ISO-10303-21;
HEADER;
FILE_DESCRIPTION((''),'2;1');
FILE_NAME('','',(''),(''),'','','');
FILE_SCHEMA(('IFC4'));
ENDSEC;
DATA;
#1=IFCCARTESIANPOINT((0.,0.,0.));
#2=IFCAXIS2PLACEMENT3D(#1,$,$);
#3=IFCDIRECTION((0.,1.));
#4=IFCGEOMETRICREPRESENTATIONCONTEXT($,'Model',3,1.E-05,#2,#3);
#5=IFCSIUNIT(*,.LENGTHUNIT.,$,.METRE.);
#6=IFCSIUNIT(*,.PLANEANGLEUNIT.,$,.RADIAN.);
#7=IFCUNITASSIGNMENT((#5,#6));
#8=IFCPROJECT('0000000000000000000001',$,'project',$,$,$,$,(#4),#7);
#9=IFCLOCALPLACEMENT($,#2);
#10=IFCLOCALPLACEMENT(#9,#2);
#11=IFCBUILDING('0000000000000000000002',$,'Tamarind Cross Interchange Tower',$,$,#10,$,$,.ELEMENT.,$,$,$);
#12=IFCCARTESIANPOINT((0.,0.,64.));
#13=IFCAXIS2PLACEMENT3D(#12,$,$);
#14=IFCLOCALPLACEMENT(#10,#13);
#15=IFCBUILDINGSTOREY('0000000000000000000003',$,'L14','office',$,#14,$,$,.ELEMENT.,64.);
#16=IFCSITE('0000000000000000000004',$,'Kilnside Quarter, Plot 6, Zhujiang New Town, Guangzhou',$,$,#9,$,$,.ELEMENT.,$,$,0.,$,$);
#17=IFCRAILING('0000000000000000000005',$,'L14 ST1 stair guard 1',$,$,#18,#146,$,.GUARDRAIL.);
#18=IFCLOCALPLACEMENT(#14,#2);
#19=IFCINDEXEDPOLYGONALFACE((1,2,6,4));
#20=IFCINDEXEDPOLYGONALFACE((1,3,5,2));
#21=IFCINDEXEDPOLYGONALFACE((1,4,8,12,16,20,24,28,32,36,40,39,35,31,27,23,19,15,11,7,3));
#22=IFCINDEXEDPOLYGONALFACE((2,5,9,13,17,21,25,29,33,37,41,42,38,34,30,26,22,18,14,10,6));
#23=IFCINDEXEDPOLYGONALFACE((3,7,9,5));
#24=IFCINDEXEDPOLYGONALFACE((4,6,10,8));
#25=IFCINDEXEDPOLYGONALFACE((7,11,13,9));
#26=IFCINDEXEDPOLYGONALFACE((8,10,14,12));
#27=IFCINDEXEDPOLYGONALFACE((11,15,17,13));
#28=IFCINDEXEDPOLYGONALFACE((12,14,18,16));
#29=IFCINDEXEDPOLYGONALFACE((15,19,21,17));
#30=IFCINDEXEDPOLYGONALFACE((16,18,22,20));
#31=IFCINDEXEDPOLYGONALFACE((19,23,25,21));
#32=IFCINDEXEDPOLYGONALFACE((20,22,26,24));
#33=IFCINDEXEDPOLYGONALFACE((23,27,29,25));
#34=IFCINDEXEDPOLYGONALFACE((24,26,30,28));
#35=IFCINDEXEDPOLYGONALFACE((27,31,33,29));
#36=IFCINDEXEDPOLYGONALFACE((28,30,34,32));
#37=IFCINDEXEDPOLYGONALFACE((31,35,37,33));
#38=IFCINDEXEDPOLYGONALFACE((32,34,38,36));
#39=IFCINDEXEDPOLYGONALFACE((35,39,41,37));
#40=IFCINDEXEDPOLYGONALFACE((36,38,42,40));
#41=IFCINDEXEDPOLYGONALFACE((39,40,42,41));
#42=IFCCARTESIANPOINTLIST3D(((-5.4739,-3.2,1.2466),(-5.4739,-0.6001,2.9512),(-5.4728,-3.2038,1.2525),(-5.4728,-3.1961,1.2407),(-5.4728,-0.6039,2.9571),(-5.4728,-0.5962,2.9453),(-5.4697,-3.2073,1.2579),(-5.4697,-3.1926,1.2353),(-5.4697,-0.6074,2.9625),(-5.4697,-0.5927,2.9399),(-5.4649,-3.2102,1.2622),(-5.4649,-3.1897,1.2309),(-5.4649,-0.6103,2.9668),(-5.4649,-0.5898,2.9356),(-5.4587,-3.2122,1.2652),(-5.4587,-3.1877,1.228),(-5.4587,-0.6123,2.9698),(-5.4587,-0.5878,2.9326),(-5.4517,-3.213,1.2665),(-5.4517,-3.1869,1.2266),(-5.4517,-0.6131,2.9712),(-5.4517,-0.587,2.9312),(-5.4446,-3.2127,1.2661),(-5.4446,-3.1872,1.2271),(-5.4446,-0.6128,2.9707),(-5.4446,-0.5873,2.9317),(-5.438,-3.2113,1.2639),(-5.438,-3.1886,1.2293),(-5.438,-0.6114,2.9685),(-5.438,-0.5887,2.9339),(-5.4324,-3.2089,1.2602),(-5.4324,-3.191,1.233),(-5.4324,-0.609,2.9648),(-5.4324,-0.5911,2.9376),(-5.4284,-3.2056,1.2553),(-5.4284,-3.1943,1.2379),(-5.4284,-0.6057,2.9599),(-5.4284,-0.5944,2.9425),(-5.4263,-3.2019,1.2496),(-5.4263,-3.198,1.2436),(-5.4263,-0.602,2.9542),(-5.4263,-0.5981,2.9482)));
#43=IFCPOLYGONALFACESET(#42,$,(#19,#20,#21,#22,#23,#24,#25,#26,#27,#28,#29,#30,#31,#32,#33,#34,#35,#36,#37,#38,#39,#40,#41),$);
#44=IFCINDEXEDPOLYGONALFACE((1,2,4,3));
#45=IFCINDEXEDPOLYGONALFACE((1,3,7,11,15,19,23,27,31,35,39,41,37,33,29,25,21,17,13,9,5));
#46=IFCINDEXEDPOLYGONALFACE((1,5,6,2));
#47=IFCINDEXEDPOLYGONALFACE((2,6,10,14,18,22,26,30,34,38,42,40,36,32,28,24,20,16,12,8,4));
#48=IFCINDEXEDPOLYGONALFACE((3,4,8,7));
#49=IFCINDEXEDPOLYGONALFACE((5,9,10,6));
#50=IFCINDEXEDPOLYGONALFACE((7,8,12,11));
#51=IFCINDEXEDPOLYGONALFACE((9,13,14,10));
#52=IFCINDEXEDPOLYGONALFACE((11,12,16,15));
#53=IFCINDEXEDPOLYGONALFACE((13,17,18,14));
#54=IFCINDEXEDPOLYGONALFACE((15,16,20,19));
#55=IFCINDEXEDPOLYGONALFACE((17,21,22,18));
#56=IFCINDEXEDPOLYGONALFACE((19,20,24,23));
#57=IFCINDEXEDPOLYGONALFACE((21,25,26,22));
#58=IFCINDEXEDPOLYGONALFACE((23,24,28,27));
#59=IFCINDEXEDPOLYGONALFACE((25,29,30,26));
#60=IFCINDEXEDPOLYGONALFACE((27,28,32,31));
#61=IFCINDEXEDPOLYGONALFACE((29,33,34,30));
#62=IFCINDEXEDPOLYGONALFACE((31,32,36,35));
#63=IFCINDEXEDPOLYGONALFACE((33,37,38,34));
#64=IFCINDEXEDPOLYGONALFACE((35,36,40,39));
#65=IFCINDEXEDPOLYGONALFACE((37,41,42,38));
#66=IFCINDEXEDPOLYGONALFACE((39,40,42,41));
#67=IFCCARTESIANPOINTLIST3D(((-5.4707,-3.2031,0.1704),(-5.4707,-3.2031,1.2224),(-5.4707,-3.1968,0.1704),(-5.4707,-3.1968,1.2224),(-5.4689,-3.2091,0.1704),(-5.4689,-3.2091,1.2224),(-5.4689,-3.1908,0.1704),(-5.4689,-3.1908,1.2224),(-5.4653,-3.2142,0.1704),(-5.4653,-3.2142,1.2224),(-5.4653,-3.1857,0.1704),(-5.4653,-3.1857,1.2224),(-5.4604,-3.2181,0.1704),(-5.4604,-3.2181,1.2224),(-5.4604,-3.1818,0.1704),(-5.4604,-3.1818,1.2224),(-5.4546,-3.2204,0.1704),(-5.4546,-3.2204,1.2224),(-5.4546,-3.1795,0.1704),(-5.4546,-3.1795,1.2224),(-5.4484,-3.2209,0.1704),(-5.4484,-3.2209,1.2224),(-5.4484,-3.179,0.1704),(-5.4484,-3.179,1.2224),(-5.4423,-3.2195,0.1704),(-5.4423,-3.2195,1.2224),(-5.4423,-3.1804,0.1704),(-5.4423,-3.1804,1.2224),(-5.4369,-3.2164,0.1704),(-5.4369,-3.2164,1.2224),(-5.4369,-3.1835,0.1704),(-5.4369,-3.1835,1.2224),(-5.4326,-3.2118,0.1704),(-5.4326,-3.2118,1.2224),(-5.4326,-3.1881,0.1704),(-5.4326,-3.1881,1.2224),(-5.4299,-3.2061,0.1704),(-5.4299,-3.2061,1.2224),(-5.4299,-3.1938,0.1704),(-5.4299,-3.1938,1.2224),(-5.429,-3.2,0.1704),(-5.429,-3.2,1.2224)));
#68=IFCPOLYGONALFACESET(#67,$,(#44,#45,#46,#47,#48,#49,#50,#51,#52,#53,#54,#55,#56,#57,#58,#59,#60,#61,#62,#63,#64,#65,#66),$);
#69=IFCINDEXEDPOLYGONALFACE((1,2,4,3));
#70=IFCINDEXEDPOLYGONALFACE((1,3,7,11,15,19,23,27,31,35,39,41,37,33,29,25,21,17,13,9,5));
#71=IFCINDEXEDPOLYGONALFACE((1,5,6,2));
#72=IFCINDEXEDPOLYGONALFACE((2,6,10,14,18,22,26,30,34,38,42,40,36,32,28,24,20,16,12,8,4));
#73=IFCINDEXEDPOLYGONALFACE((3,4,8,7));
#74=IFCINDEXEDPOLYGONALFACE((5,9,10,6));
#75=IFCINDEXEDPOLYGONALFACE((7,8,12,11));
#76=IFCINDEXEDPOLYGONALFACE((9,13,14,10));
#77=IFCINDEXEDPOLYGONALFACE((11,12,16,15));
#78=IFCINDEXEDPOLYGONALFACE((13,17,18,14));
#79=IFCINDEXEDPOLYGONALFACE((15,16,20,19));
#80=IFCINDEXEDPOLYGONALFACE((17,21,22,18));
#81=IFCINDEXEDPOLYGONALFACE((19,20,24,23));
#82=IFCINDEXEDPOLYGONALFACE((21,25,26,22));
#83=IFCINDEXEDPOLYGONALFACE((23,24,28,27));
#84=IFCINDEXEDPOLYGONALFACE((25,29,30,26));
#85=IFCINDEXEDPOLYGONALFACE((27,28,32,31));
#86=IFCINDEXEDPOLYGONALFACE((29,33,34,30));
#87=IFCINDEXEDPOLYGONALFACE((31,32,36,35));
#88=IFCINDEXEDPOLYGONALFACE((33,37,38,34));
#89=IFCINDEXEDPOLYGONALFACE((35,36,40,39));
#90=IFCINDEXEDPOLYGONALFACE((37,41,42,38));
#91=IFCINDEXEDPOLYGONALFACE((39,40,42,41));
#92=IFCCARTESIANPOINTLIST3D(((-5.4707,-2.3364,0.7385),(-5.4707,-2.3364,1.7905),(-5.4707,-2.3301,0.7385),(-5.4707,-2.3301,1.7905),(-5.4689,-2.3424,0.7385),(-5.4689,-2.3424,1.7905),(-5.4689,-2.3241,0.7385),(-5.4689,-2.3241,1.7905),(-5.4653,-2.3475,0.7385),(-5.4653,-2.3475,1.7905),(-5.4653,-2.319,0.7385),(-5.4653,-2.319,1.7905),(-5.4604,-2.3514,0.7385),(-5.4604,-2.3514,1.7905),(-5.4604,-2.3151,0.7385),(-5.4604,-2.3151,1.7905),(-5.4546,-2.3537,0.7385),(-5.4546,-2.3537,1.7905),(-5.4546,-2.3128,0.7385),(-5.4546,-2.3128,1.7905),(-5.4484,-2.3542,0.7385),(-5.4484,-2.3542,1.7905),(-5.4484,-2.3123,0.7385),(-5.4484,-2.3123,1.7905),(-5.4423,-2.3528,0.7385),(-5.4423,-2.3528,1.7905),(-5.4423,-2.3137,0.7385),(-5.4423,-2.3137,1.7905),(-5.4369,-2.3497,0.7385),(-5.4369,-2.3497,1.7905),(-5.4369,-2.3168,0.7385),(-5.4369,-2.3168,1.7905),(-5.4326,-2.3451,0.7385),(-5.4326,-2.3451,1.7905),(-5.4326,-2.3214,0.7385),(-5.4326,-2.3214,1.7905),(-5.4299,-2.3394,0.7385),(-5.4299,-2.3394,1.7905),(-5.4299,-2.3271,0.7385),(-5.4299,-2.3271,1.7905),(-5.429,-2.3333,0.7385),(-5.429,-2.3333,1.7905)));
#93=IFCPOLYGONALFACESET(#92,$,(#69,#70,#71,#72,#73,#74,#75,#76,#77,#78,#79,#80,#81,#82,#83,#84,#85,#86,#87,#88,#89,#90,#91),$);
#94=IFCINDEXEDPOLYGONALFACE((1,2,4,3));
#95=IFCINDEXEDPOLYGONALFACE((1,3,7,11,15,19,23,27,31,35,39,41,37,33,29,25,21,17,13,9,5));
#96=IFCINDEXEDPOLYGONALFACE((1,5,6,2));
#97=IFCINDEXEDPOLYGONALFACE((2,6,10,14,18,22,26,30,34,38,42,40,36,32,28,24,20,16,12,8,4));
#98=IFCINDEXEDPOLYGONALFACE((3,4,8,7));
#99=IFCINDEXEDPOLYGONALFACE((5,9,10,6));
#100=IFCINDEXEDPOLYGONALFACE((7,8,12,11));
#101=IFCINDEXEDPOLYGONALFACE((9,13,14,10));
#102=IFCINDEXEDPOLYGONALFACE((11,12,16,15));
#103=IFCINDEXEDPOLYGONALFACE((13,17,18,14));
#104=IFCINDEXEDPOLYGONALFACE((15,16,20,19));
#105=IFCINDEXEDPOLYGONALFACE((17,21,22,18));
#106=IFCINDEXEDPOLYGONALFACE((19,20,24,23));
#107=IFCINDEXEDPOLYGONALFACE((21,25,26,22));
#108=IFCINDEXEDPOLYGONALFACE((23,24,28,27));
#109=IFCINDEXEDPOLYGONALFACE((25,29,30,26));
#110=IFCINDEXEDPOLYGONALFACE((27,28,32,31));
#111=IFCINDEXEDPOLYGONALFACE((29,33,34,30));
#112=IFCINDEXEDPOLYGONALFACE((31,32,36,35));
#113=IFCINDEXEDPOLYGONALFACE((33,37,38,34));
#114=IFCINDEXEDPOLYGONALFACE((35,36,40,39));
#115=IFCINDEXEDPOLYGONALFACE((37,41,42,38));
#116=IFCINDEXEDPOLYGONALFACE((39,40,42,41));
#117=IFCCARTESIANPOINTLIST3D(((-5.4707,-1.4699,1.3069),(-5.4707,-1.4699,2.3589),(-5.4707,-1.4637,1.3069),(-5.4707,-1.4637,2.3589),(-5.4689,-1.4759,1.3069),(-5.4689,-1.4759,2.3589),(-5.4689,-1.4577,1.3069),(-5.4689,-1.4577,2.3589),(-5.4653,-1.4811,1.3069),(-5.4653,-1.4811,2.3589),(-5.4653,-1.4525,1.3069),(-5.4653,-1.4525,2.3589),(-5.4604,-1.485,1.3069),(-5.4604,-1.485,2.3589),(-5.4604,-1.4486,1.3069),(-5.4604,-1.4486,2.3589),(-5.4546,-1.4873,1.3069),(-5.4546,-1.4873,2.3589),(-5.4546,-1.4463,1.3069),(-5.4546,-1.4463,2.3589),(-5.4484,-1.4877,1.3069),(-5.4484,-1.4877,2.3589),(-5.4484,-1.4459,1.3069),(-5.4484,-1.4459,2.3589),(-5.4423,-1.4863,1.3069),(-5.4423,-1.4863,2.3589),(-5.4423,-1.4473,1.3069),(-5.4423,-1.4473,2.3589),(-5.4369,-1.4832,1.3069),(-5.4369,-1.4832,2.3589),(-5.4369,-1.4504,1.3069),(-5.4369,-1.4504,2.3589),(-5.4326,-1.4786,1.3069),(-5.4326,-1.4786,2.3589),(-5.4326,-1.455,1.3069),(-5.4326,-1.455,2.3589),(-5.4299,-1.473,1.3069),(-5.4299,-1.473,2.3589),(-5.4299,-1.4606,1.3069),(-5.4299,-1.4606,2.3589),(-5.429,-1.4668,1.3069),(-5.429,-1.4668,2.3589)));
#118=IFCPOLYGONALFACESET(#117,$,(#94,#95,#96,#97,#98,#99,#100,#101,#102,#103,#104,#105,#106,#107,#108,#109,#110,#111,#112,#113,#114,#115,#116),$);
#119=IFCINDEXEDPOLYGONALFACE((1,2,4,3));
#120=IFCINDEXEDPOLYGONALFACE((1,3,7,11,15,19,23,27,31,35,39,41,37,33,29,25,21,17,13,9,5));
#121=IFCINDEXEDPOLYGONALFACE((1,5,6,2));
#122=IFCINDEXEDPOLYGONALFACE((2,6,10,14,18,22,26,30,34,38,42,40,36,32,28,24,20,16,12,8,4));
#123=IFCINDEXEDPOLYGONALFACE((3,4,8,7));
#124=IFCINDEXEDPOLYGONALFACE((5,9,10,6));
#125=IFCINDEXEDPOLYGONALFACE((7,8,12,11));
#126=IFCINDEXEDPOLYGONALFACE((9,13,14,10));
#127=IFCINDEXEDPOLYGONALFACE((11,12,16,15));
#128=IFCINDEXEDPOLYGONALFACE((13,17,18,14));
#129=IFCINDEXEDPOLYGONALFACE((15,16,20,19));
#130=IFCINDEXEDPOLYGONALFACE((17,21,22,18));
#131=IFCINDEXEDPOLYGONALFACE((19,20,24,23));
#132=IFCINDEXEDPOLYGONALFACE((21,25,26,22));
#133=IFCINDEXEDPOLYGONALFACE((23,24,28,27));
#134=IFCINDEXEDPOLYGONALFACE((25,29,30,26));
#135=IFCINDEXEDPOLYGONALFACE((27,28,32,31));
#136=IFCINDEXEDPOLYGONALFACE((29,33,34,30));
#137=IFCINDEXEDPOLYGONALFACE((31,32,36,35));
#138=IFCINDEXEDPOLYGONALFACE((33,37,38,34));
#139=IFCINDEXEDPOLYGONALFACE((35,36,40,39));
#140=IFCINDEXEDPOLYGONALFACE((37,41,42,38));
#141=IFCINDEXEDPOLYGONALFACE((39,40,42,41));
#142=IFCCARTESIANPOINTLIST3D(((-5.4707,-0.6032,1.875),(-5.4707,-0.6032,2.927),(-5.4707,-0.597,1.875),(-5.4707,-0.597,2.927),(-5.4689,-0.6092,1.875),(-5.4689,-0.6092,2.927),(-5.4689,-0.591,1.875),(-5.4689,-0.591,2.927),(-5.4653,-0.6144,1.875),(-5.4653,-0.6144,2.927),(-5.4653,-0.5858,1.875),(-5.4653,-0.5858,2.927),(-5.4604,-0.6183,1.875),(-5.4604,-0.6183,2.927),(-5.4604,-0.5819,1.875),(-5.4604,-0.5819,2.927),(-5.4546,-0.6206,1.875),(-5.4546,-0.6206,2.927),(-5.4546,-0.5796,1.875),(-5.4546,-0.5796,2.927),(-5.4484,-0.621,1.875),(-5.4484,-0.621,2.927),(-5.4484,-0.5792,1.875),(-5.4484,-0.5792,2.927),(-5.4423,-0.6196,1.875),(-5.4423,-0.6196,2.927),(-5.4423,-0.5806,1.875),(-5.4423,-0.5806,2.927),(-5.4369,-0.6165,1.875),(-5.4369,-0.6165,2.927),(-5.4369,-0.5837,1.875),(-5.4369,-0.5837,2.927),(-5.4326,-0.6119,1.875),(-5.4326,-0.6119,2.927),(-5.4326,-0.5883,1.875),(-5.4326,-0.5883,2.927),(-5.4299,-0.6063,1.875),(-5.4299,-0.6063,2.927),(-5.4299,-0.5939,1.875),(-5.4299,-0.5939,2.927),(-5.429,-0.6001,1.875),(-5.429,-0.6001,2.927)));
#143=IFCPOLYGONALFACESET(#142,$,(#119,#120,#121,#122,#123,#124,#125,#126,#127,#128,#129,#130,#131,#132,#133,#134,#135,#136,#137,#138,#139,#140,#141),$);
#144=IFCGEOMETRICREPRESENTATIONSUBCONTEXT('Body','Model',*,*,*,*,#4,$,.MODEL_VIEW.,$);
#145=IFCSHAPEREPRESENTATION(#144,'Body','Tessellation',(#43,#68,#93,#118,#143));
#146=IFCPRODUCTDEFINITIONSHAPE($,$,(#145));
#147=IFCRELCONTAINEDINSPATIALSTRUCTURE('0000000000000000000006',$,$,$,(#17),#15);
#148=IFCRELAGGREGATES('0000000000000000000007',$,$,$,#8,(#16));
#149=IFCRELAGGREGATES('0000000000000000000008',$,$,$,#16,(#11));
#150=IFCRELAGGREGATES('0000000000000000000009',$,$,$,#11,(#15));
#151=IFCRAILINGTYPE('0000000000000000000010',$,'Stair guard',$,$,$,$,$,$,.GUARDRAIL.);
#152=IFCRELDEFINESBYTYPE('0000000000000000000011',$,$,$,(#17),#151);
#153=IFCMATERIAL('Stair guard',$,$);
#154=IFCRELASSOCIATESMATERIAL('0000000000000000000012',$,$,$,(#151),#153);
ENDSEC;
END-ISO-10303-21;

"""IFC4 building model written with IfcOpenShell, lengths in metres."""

from ifc_helpers import new_model, si_unit, direction, frame, origin, origin_2d, place, context, subcontext, project, spatial, circle, extrude, material, type_object, element, save


model = new_model("IFC4")

# Units and contexts
model_context = context("Model", 3, precision=1e-05, world=origin(), true_north=direction((0.0, 1.0)))
body_context = subcontext(model_context, "Body", "Model", "MODEL_VIEW")
ifc_project = project(units=[si_unit("LENGTHUNIT", "METRE"), si_unit("PLANEANGLEUNIT", "RADIAN")], contexts=[model_context])

# Site, building, storey
site_placement = place(None, origin())
site = spatial("IfcSite", under=ifc_project, at=site_placement, Name="Kilnside Quarter, Plot 6, Zhujiang New Town, Guangzhou", CompositionType="ELEMENT", RefElevation=0.0)
building_placement = place(site_placement, origin())
building = spatial("IfcBuilding", under=site, at=building_placement, Name="Tamarind Cross Interchange Tower", CompositionType="ELEMENT")
storey_placement = place(building_placement, frame((0.0, 0.0, 64.0)))
storey = spatial("IfcBuildingStorey", under=building, at=storey_placement, Name="L14", Description="office", CompositionType="ELEMENT", Elevation=64.0)

# Railing
ifc_material_1 = material(Name="Stair guard")
railing_type_1 = type_object("IfcRailingType", Name="Stair guard", PredefinedType="GUARDRAIL", material=ifc_material_1)
railing_1_placement = place(storey_placement, frame((-5.45, -3.2, 0.1704)))
element("IfcRailing", 1, at=railing_1_placement, inside=storey, type_object=railing_type_1, Name="L14 ST1 stair guard 1", PredefinedType="GUARDRAIL", context=body_context, shape_type="SweptSolid", body=[
    extrude(circle(Radius=0.0239, at=origin_2d()), frame((0.0, 0.0, 1.0762), z_axis=(0.0, 0.836279, 0.548305), x_axis=(-1.0, 0.0, 0.0)), (0.0, 0.0, 1.0), 3.1089),
    extrude(circle(Radius=0.021, at=origin_2d()), origin(), (0.0, 0.0, 1.0), 1.052),
    extrude(circle(Radius=0.021, at=origin_2d()), frame((0.0, 0.8667, 0.5681)), (0.0, 0.0, 1.0), 1.052),
    extrude(circle(Radius=0.021, at=origin_2d()), frame((0.0, 1.7332, 1.1365)), (0.0, 0.0, 1.0), 1.052),
    extrude(circle(Radius=0.021, at=origin_2d()), frame((0.0, 2.5999, 1.7046)), (0.0, 0.0, 1.0), 1.052),
])

save(model, "model.ifc")
